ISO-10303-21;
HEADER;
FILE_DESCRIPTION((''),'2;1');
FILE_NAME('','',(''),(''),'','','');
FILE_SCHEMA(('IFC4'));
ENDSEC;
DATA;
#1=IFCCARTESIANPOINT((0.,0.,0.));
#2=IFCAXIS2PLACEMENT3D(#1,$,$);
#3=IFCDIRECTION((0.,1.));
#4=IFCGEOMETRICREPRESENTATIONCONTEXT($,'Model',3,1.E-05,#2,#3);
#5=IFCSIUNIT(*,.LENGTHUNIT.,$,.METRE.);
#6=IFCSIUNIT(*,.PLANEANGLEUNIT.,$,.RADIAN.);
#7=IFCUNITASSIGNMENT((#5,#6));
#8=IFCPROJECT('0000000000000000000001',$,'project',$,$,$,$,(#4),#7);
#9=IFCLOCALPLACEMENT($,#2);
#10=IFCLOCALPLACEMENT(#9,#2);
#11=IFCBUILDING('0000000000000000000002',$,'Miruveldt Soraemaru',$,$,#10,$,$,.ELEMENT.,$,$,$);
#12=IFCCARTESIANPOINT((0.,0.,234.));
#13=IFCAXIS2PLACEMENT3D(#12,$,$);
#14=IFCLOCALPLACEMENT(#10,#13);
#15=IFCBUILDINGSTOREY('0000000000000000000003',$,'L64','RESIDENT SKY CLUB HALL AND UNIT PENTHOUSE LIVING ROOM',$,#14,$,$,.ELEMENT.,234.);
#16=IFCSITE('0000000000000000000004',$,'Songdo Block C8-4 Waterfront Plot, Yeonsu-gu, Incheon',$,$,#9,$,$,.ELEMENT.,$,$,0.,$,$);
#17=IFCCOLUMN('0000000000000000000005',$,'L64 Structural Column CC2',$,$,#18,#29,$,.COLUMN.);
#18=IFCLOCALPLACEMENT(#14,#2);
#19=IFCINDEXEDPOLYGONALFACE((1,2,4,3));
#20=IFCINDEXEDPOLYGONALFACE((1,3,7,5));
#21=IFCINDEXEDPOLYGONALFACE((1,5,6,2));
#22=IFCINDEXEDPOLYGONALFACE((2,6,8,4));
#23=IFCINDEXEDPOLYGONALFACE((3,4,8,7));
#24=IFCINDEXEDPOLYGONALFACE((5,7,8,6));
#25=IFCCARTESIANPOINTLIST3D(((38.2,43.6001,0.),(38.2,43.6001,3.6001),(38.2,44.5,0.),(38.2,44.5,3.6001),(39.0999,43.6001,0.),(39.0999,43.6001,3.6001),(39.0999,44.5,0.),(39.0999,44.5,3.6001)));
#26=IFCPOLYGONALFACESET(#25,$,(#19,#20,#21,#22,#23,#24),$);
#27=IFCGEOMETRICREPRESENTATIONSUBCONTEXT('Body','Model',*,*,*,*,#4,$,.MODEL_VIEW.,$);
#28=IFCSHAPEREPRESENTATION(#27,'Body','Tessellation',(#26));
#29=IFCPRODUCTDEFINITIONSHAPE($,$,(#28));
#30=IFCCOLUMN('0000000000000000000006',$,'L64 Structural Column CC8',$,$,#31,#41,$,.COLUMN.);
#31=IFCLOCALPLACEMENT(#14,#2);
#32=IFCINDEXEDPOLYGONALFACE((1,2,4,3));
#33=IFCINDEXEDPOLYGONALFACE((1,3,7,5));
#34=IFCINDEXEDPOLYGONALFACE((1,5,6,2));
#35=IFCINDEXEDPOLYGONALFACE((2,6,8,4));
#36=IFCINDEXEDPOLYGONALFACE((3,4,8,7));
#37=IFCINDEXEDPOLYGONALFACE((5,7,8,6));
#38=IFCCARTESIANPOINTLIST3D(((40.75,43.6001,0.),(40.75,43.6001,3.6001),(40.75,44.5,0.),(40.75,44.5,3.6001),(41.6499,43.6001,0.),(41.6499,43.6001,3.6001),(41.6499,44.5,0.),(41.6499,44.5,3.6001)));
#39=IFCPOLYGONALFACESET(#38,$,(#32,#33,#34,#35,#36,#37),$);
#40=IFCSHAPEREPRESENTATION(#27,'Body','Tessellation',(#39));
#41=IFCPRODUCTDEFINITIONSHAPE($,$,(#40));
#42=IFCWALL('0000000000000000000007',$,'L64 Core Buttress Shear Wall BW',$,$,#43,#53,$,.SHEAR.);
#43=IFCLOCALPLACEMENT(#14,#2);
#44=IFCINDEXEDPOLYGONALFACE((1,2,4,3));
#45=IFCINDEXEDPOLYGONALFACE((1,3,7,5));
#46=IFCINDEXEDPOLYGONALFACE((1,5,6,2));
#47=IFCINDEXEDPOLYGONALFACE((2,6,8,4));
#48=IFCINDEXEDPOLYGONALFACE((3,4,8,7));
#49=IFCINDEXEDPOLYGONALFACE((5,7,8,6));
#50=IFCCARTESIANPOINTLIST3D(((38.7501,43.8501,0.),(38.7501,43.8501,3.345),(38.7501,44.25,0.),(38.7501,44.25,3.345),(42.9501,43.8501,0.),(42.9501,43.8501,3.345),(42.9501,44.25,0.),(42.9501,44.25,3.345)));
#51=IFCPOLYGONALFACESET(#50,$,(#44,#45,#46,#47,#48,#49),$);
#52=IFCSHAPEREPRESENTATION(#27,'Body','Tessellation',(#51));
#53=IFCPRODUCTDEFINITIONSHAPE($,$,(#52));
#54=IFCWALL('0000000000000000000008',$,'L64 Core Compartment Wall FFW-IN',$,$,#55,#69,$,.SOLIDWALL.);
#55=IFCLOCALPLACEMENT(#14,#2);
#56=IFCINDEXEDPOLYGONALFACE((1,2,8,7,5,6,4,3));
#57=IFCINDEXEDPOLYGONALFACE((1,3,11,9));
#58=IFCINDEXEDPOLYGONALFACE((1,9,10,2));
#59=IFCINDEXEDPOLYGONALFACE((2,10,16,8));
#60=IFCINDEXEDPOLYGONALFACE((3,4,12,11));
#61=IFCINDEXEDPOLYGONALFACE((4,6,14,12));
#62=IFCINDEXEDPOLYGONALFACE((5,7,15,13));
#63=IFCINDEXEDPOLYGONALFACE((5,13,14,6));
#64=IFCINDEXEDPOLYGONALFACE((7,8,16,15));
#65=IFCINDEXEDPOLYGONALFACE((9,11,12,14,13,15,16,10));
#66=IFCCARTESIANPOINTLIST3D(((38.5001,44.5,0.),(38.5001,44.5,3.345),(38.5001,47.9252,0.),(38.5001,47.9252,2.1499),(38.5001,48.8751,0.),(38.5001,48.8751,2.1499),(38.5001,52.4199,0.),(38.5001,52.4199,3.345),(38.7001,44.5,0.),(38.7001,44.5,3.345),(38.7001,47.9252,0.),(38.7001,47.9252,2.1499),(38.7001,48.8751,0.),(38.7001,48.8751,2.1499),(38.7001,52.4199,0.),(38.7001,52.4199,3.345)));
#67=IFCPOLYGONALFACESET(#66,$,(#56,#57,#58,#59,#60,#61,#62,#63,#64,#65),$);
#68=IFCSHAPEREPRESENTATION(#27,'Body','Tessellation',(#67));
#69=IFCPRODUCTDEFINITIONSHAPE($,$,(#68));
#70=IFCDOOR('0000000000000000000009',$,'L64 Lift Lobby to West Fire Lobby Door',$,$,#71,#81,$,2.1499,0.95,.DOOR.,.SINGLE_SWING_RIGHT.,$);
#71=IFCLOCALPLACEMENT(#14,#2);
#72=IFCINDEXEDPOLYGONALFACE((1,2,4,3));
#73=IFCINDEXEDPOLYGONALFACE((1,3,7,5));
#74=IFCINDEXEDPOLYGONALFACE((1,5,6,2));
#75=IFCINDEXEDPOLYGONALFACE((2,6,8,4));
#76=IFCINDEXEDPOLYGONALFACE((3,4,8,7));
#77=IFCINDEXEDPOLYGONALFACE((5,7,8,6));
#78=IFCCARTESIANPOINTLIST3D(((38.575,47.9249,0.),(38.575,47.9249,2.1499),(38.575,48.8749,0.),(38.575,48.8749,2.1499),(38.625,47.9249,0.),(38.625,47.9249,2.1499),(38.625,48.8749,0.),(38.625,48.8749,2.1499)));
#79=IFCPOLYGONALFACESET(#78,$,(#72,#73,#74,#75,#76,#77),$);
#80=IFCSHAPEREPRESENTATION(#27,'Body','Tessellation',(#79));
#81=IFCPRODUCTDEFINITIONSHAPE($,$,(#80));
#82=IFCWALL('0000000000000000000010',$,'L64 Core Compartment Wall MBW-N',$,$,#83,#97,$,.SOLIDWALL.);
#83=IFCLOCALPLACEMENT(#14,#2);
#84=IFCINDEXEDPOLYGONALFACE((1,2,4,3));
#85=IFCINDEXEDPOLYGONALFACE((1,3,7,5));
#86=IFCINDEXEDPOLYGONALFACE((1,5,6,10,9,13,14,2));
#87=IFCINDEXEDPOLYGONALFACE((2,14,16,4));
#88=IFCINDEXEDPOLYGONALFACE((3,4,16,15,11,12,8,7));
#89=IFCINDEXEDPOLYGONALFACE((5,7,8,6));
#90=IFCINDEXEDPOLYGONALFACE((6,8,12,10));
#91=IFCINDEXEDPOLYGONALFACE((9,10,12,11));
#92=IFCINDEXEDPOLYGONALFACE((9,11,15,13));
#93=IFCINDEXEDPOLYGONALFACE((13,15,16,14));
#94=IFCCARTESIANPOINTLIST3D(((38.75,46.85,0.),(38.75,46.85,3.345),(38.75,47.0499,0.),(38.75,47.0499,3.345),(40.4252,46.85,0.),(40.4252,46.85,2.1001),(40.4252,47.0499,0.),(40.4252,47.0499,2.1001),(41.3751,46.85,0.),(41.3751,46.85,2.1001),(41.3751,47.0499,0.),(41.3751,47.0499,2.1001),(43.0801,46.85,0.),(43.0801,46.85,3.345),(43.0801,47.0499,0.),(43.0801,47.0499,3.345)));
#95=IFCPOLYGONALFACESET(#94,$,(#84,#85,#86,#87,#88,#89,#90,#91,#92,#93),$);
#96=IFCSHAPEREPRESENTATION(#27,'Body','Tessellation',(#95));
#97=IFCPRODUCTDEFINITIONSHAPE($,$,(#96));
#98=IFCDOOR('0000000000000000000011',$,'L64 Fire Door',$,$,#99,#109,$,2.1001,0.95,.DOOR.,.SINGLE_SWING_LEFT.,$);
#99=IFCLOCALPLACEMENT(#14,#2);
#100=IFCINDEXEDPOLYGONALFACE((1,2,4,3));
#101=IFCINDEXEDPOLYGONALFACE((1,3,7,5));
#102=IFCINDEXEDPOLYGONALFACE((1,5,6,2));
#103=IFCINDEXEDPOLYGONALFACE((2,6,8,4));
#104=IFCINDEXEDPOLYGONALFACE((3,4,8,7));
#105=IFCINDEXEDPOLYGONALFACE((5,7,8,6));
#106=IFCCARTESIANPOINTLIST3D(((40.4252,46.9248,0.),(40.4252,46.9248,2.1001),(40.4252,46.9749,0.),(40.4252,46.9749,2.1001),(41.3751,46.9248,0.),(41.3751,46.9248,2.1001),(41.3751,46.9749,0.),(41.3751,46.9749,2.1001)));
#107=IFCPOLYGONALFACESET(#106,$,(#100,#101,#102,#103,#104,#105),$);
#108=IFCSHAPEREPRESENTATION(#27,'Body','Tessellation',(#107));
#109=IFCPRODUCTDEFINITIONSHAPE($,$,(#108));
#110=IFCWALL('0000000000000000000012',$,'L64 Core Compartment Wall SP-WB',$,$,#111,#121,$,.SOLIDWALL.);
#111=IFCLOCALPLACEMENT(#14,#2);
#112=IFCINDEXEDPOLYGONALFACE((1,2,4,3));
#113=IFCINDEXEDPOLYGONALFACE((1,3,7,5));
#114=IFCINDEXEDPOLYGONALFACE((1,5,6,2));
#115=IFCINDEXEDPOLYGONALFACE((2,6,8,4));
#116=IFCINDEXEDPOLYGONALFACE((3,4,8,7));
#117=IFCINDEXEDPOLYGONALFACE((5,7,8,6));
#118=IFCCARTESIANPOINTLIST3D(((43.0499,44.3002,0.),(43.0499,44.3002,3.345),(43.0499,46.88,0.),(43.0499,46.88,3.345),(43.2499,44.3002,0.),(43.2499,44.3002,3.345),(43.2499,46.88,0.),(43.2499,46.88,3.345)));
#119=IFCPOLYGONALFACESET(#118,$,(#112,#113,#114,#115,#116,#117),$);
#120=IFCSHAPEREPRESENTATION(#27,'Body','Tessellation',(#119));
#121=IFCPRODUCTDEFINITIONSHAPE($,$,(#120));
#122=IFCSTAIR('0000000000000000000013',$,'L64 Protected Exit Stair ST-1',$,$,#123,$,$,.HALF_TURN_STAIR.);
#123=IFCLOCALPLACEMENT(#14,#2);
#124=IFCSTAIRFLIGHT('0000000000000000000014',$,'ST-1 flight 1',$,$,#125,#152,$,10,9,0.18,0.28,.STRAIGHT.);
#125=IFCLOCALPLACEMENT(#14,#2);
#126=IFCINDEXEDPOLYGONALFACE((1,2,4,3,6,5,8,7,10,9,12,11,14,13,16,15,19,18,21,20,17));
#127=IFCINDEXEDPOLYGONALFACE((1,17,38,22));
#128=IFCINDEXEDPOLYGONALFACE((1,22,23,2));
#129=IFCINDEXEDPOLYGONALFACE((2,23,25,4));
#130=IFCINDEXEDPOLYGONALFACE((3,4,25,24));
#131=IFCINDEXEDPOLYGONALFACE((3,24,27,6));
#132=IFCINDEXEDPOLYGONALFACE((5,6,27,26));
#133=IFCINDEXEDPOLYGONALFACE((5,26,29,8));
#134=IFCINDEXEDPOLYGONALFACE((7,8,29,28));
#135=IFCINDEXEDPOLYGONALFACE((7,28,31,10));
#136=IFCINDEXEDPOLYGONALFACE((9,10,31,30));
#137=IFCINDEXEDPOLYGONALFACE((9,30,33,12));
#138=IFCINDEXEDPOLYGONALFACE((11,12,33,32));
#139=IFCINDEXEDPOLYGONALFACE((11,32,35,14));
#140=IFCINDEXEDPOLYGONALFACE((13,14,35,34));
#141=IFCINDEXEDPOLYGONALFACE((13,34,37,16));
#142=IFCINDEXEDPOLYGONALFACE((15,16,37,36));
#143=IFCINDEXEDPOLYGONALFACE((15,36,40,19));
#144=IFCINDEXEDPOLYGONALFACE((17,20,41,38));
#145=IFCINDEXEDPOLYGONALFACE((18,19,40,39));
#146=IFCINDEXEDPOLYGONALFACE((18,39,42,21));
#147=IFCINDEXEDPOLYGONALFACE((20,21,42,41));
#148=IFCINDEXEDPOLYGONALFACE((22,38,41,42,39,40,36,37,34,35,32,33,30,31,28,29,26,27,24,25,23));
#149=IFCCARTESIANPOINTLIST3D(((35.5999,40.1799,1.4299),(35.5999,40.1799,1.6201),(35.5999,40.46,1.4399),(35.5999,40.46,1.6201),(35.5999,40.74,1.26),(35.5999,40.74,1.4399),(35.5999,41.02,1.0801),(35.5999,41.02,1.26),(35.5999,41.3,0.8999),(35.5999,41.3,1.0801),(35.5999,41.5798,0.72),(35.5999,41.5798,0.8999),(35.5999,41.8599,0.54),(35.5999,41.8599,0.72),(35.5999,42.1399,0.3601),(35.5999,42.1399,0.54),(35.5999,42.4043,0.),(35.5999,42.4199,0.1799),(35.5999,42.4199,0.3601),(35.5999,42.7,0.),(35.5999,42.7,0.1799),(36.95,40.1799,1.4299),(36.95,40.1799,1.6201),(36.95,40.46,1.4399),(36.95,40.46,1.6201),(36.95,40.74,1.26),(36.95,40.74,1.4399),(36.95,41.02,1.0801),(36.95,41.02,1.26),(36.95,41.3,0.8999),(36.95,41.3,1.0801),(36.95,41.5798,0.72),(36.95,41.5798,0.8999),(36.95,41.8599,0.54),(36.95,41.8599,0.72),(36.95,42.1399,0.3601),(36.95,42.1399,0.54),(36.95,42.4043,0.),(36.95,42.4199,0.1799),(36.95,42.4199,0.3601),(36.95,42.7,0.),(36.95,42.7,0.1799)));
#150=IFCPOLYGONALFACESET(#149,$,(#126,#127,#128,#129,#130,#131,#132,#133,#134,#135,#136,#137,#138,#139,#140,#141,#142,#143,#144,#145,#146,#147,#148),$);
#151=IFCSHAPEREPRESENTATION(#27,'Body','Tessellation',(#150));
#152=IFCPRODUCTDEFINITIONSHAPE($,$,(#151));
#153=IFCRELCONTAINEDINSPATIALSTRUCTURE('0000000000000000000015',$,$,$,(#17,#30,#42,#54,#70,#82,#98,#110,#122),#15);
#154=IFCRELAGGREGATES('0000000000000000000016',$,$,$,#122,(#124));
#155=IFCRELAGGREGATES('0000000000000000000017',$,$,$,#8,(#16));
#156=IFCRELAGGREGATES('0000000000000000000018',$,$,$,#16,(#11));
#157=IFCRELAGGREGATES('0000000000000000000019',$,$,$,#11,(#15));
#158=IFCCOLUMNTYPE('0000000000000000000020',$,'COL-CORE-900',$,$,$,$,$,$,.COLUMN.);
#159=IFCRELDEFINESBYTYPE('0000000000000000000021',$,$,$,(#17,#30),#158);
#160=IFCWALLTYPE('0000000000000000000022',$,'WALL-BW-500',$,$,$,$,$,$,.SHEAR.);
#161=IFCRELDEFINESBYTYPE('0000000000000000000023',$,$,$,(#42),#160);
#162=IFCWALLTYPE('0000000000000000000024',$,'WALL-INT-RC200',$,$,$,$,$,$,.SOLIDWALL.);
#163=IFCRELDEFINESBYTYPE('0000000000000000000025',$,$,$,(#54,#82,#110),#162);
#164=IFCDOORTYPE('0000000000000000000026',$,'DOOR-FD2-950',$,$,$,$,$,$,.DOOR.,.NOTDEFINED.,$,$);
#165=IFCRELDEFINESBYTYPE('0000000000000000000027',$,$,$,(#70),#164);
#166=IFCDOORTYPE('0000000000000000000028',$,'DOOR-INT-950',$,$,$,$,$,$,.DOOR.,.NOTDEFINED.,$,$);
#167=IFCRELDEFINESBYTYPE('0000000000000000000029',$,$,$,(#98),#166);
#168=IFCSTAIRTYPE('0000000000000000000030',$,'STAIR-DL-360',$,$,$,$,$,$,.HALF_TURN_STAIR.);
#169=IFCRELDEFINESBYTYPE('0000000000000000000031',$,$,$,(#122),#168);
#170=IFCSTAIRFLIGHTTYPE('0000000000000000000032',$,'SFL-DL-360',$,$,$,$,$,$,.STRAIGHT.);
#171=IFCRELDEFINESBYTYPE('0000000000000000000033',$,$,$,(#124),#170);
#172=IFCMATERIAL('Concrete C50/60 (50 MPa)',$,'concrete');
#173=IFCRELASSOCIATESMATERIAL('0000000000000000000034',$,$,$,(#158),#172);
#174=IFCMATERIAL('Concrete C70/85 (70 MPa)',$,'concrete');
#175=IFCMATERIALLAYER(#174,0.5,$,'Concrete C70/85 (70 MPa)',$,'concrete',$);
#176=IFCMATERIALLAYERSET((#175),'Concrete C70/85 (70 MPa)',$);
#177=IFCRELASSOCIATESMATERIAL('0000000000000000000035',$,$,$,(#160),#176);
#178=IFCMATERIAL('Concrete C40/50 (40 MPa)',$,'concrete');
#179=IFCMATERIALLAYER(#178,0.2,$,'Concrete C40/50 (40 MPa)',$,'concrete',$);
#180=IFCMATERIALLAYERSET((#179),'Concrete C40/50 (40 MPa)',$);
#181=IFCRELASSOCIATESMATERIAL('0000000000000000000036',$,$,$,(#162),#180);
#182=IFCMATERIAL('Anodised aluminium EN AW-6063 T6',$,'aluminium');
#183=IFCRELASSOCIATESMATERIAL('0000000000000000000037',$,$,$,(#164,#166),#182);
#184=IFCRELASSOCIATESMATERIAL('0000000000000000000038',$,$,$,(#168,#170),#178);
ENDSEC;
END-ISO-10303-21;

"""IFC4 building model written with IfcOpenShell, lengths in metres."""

from ifc_helpers import new_model, si_unit, direction, frame, frame_2d, origin, origin_2d, place, context, subcontext, project, spatial, polyline, rectangle, outline, extrude, material, layer, layer_set, material_profile, profile_set, type_object, element, fill, aggregate, save


model = new_model("IFC4")

# Units and contexts
model_context = context("Model", 3, precision=1e-05, world=origin(), true_north=direction((0.0, 1.0)))
body_context = subcontext(model_context, "Body", "Model", "MODEL_VIEW")
ifc_project = project(units=[si_unit("LENGTHUNIT", "METRE"), si_unit("PLANEANGLEUNIT", "RADIAN")], contexts=[model_context])

# Site, building, storey
site_placement = place(None, origin())
site = spatial("IfcSite", under=ifc_project, at=site_placement, Name="Songdo Block C8-4 Waterfront Plot, Yeonsu-gu, Incheon", CompositionType="ELEMENT", RefElevation=0.0)
building_placement = place(site_placement, origin())
building = spatial("IfcBuilding", under=site, at=building_placement, Name="Miruveldt Soraemaru", CompositionType="ELEMENT")
storey_placement = place(building_placement, frame((0.0, 0.0, 234.0)))
storey = spatial("IfcBuildingStorey", under=building, at=storey_placement, Name="L64", Description="RESIDENT SKY CLUB HALL AND UNIT PENTHOUSE LIVING ROOM", CompositionType="ELEMENT", Elevation=234.0)

# Columns
ifc_material_1 = material(Name="Concrete C50/60 (50 MPa)", Category="concrete")
ifc_material_profile = material_profile(ifc_material_1, rectangle(XDim=0.8999, YDim=0.8999, at=origin_2d()), Name="Concrete C50/60 (50 MPa)", Category="concrete")
ifc_profile_set = profile_set([ifc_material_profile], Name="Concrete C50/60 (50 MPa)")
column_type = type_object("IfcColumnType", Name="COL-CORE-900", PredefinedType="COLUMN", material=ifc_profile_set)
for number, where, z_axis, x_axis, name in (
    (1, (38.6499, 44.05, 0.0), (0.0, 0.0, 1.0), (1.0, 0.0, 0.0), "L64 Structural Column CC2"),
    (2, (41.2, 44.05, 0.0), (0.0, 0.0, 1.0), (1.0, 0.0, 0.0), "L64 Structural Column CC8"),
):
    element("IfcColumn", number, at=place(storey_placement, frame(where, z_axis=z_axis, x_axis=x_axis)), inside=storey, type_object=column_type, Name=name, PredefinedType="COLUMN", context=body_context, shape_type="SweptSolid", body=[
        extrude(rectangle(XDim=0.8999, YDim=0.8999, at=origin_2d()), origin(), (0.0, 0.0, 1.0), 3.6001),
    ])

# Wall
ifc_material_2 = material(Name="Concrete C70/85 (70 MPa)", Category="concrete")
ifc_layer_1 = layer(ifc_material_2, 0.5, Name="Concrete C70/85 (70 MPa)", Category="concrete")
ifc_layer_set_1 = layer_set([ifc_layer_1], Name="Concrete C70/85 (70 MPa)")
wall_type_1 = type_object("IfcWallType", Name="WALL-BW-500", PredefinedType="SHEAR", material=ifc_layer_set_1)
wall_1_placement = place(storey_placement, frame((38.75, 44.05, 0.0), z_axis=(0.0, 0.0, 1.0), x_axis=(1.0, 0.0, 0.0)))
element("IfcWall", 3, at=wall_1_placement, inside=storey, type_object=wall_type_1, Name="L64 Core Buttress Shear Wall BW", PredefinedType="SHEAR", context=body_context, shape_type="SweptSolid", body=[
    extrude(rectangle(XDim=4.2, YDim=0.3999, at=frame_2d((2.1001, 0.0))), origin(), (0.0, 0.0, 1.0), 3.345),
])

# Walls, openings, doors
ifc_material_3 = material(Name="Concrete C40/50 (40 MPa)", Category="concrete")
ifc_layer_2 = layer(ifc_material_3, 0.2, Name="Concrete C40/50 (40 MPa)", Category="concrete")
ifc_layer_set_2 = layer_set([ifc_layer_2], Name="Concrete C40/50 (40 MPa)")
wall_type_2 = type_object("IfcWallType", Name="WALL-INT-RC200", PredefinedType="SOLIDWALL", material=ifc_layer_set_2)
wall_2_placement = place(storey_placement, frame((38.6001, 44.5, 0.0), z_axis=(0.0, 0.0, 1.0), x_axis=(0.0, 1.0, 0.0)))
wall_2 = element("IfcWall", 4, at=wall_2_placement, inside=storey, type_object=wall_type_2, Name="L64 Core Compartment Wall FFW-IN", PredefinedType="SOLIDWALL", context=body_context, shape_type="SweptSolid", body=[
    extrude(rectangle(XDim=7.9199, YDim=0.2, at=frame_2d((3.96, 0.0))), origin(), (0.0, 0.0, 1.0), 3.345),
])
opening_1_placement = place(wall_2_placement, frame((3.425, 0.0, 0.0)))
opening_1 = element("IfcOpeningElement", 5, at=opening_1_placement, cuts=wall_2, PredefinedType="OPENING", context=body_context, shape_type="SweptSolid", body=[
    extrude(rectangle(XDim=0.95, YDim=2.1499, at=frame_2d((0.4751, 1.075))), frame((0.0, 0.1099, 0.0), z_axis=(0.0, -1.0, 0.0), x_axis=(1.0, 0.0, 0.0)), (0.0, 0.0, 1.0), 0.22),
])
ifc_material_4 = material(Name="Anodised aluminium EN AW-6063 T6", Category="aluminium")
door_type_1 = type_object("IfcDoorType", Name="DOOR-FD2-950", OperationType="NOTDEFINED", PredefinedType="DOOR", material=ifc_material_4)
door_1_placement = place(opening_1_placement, frame((0.95, 0.0, 0.0), z_axis=(0.0, 0.0, 1.0), x_axis=(-1.0, 0.0, 0.0)))
door_1 = element("IfcDoor", 6, at=door_1_placement, inside=storey, type_object=door_type_1, Name="L64 Lift Lobby to West Fire Lobby Door", OperationType="SINGLE_SWING_RIGHT", OverallHeight=2.1499, OverallWidth=0.95, PredefinedType="DOOR", context=body_context, shape_type="SweptSolid", body=[
    extrude(rectangle(XDim=0.95, YDim=2.1499, at=frame_2d((0.4751, 1.075))), frame((0.0, 0.0249, 0.0), z_axis=(0.0, -1.0, 0.0), x_axis=(1.0, 0.0, 0.0)), (0.0, 0.0, 1.0), 0.05),
])
fill(opening_1, door_1)
wall_3_placement = place(storey_placement, frame((38.75, 46.95, 0.0), z_axis=(0.0, 0.0, 1.0), x_axis=(1.0, 0.0, 0.0)))
wall_3 = element("IfcWall", 7, at=wall_3_placement, inside=storey, type_object=wall_type_2, Name="L64 Core Compartment Wall MBW-N", PredefinedType="SOLIDWALL", context=body_context, shape_type="SweptSolid", body=[
    extrude(rectangle(XDim=4.3301, YDim=0.2, at=frame_2d((2.165, 0.0))), origin(), (0.0, 0.0, 1.0), 3.345),
])
opening_2_placement = place(wall_3_placement, frame((1.675, 0.0, 0.0)))
opening_2 = element("IfcOpeningElement", 8, at=opening_2_placement, cuts=wall_3, PredefinedType="OPENING", context=body_context, shape_type="SweptSolid", body=[
    extrude(rectangle(XDim=0.95, YDim=2.1001, at=frame_2d((0.4751, 1.05))), frame((0.0, 0.1099, 0.0), z_axis=(0.0, -1.0, 0.0), x_axis=(1.0, 0.0, 0.0)), (0.0, 0.0, 1.0), 0.22),
])
door_type_2 = type_object("IfcDoorType", Name="DOOR-INT-950", OperationType="NOTDEFINED", PredefinedType="DOOR", material=ifc_material_4)
door_2_placement = place(opening_2_placement, origin())
door_2 = element("IfcDoor", 9, at=door_2_placement, inside=storey, type_object=door_type_2, Name="L64 Fire Door", OperationType="SINGLE_SWING_LEFT", OverallHeight=2.1001, OverallWidth=0.95, PredefinedType="DOOR", context=body_context, shape_type="SweptSolid", body=[
    extrude(rectangle(XDim=0.95, YDim=2.1001, at=frame_2d((0.4751, 1.05))), frame((0.0, 0.0249, 0.0), z_axis=(0.0, -1.0, 0.0), x_axis=(1.0, 0.0, 0.0)), (0.0, 0.0, 1.0), 0.05),
])
fill(opening_2, door_2)

# Wall
wall_4_placement = place(storey_placement, frame((43.1499, 44.3, 0.0), z_axis=(0.0, 0.0, 1.0), x_axis=(0.0, 1.0, 0.0)))
element("IfcWall", 10, at=wall_4_placement, inside=storey, type_object=wall_type_2, Name="L64 Core Compartment Wall SP-WB", PredefinedType="SOLIDWALL", context=body_context, shape_type="SweptSolid", body=[
    extrude(rectangle(XDim=2.5798, YDim=0.2, at=frame_2d((1.29, 0.0))), origin(), (0.0, 0.0, 1.0), 3.345),
])

# Stair, stair flight
stair_type = type_object("IfcStairType", Name="STAIR-DL-360", PredefinedType="HALF_TURN_STAIR", material=ifc_material_3)
stair_placement = place(storey_placement, origin())
stair = element("IfcStair", 11, at=stair_placement, inside=storey, type_object=stair_type, Name="L64 Protected Exit Stair ST-1", PredefinedType="HALF_TURN_STAIR")
stair_flight_type = type_object("IfcStairFlightType", Name="SFL-DL-360", PredefinedType="STRAIGHT", material=ifc_material_3)
stair_flight_1_placement = place(storey_placement, frame((36.2749, 42.7, 0.0), z_axis=(0.0, 0.0, 1.0), x_axis=(0.0, -1.0, 0.0)))
stair_flight_1 = element("IfcStairFlight", 12, at=stair_flight_1_placement, type_object=stair_flight_type, Name="ST-1 flight 1", NumberOfRisers=10, NumberOfTreads=9, PredefinedType="STRAIGHT", RiserHeight=0.18, TreadLength=0.28, context=body_context, shape_type="SweptSolid", body=[
    extrude(outline(polyline([(0.0, 0.0), (0.0, 0.1799), (0.28, 0.1799), (0.28, 0.3601), (0.5601, 0.3601), (0.5601, 0.54), (0.8401, 0.54), (0.8401, 0.72), (1.1201, 0.72), (1.1201, 0.8999), (1.3999, 0.8999), (1.3999, 1.0801), (1.6799, 1.0801), (1.6799, 1.26), (1.96, 1.26), (1.96, 1.4399), (2.24, 1.4399), (2.24, 1.6201), (2.52, 1.6201), (2.52, 1.8), (2.52, 1.4299), (0.2957, 0.0), (0.0, 0.0)])), frame((0.0, 0.675, 0.0), z_axis=(0.0, -1.0, 0.0), x_axis=(1.0, 0.0, 0.0)), (0.0, 0.0, 1.0), 1.3501),
])
aggregate(stair, [stair_flight_1])

save(model, "model.ifc")
